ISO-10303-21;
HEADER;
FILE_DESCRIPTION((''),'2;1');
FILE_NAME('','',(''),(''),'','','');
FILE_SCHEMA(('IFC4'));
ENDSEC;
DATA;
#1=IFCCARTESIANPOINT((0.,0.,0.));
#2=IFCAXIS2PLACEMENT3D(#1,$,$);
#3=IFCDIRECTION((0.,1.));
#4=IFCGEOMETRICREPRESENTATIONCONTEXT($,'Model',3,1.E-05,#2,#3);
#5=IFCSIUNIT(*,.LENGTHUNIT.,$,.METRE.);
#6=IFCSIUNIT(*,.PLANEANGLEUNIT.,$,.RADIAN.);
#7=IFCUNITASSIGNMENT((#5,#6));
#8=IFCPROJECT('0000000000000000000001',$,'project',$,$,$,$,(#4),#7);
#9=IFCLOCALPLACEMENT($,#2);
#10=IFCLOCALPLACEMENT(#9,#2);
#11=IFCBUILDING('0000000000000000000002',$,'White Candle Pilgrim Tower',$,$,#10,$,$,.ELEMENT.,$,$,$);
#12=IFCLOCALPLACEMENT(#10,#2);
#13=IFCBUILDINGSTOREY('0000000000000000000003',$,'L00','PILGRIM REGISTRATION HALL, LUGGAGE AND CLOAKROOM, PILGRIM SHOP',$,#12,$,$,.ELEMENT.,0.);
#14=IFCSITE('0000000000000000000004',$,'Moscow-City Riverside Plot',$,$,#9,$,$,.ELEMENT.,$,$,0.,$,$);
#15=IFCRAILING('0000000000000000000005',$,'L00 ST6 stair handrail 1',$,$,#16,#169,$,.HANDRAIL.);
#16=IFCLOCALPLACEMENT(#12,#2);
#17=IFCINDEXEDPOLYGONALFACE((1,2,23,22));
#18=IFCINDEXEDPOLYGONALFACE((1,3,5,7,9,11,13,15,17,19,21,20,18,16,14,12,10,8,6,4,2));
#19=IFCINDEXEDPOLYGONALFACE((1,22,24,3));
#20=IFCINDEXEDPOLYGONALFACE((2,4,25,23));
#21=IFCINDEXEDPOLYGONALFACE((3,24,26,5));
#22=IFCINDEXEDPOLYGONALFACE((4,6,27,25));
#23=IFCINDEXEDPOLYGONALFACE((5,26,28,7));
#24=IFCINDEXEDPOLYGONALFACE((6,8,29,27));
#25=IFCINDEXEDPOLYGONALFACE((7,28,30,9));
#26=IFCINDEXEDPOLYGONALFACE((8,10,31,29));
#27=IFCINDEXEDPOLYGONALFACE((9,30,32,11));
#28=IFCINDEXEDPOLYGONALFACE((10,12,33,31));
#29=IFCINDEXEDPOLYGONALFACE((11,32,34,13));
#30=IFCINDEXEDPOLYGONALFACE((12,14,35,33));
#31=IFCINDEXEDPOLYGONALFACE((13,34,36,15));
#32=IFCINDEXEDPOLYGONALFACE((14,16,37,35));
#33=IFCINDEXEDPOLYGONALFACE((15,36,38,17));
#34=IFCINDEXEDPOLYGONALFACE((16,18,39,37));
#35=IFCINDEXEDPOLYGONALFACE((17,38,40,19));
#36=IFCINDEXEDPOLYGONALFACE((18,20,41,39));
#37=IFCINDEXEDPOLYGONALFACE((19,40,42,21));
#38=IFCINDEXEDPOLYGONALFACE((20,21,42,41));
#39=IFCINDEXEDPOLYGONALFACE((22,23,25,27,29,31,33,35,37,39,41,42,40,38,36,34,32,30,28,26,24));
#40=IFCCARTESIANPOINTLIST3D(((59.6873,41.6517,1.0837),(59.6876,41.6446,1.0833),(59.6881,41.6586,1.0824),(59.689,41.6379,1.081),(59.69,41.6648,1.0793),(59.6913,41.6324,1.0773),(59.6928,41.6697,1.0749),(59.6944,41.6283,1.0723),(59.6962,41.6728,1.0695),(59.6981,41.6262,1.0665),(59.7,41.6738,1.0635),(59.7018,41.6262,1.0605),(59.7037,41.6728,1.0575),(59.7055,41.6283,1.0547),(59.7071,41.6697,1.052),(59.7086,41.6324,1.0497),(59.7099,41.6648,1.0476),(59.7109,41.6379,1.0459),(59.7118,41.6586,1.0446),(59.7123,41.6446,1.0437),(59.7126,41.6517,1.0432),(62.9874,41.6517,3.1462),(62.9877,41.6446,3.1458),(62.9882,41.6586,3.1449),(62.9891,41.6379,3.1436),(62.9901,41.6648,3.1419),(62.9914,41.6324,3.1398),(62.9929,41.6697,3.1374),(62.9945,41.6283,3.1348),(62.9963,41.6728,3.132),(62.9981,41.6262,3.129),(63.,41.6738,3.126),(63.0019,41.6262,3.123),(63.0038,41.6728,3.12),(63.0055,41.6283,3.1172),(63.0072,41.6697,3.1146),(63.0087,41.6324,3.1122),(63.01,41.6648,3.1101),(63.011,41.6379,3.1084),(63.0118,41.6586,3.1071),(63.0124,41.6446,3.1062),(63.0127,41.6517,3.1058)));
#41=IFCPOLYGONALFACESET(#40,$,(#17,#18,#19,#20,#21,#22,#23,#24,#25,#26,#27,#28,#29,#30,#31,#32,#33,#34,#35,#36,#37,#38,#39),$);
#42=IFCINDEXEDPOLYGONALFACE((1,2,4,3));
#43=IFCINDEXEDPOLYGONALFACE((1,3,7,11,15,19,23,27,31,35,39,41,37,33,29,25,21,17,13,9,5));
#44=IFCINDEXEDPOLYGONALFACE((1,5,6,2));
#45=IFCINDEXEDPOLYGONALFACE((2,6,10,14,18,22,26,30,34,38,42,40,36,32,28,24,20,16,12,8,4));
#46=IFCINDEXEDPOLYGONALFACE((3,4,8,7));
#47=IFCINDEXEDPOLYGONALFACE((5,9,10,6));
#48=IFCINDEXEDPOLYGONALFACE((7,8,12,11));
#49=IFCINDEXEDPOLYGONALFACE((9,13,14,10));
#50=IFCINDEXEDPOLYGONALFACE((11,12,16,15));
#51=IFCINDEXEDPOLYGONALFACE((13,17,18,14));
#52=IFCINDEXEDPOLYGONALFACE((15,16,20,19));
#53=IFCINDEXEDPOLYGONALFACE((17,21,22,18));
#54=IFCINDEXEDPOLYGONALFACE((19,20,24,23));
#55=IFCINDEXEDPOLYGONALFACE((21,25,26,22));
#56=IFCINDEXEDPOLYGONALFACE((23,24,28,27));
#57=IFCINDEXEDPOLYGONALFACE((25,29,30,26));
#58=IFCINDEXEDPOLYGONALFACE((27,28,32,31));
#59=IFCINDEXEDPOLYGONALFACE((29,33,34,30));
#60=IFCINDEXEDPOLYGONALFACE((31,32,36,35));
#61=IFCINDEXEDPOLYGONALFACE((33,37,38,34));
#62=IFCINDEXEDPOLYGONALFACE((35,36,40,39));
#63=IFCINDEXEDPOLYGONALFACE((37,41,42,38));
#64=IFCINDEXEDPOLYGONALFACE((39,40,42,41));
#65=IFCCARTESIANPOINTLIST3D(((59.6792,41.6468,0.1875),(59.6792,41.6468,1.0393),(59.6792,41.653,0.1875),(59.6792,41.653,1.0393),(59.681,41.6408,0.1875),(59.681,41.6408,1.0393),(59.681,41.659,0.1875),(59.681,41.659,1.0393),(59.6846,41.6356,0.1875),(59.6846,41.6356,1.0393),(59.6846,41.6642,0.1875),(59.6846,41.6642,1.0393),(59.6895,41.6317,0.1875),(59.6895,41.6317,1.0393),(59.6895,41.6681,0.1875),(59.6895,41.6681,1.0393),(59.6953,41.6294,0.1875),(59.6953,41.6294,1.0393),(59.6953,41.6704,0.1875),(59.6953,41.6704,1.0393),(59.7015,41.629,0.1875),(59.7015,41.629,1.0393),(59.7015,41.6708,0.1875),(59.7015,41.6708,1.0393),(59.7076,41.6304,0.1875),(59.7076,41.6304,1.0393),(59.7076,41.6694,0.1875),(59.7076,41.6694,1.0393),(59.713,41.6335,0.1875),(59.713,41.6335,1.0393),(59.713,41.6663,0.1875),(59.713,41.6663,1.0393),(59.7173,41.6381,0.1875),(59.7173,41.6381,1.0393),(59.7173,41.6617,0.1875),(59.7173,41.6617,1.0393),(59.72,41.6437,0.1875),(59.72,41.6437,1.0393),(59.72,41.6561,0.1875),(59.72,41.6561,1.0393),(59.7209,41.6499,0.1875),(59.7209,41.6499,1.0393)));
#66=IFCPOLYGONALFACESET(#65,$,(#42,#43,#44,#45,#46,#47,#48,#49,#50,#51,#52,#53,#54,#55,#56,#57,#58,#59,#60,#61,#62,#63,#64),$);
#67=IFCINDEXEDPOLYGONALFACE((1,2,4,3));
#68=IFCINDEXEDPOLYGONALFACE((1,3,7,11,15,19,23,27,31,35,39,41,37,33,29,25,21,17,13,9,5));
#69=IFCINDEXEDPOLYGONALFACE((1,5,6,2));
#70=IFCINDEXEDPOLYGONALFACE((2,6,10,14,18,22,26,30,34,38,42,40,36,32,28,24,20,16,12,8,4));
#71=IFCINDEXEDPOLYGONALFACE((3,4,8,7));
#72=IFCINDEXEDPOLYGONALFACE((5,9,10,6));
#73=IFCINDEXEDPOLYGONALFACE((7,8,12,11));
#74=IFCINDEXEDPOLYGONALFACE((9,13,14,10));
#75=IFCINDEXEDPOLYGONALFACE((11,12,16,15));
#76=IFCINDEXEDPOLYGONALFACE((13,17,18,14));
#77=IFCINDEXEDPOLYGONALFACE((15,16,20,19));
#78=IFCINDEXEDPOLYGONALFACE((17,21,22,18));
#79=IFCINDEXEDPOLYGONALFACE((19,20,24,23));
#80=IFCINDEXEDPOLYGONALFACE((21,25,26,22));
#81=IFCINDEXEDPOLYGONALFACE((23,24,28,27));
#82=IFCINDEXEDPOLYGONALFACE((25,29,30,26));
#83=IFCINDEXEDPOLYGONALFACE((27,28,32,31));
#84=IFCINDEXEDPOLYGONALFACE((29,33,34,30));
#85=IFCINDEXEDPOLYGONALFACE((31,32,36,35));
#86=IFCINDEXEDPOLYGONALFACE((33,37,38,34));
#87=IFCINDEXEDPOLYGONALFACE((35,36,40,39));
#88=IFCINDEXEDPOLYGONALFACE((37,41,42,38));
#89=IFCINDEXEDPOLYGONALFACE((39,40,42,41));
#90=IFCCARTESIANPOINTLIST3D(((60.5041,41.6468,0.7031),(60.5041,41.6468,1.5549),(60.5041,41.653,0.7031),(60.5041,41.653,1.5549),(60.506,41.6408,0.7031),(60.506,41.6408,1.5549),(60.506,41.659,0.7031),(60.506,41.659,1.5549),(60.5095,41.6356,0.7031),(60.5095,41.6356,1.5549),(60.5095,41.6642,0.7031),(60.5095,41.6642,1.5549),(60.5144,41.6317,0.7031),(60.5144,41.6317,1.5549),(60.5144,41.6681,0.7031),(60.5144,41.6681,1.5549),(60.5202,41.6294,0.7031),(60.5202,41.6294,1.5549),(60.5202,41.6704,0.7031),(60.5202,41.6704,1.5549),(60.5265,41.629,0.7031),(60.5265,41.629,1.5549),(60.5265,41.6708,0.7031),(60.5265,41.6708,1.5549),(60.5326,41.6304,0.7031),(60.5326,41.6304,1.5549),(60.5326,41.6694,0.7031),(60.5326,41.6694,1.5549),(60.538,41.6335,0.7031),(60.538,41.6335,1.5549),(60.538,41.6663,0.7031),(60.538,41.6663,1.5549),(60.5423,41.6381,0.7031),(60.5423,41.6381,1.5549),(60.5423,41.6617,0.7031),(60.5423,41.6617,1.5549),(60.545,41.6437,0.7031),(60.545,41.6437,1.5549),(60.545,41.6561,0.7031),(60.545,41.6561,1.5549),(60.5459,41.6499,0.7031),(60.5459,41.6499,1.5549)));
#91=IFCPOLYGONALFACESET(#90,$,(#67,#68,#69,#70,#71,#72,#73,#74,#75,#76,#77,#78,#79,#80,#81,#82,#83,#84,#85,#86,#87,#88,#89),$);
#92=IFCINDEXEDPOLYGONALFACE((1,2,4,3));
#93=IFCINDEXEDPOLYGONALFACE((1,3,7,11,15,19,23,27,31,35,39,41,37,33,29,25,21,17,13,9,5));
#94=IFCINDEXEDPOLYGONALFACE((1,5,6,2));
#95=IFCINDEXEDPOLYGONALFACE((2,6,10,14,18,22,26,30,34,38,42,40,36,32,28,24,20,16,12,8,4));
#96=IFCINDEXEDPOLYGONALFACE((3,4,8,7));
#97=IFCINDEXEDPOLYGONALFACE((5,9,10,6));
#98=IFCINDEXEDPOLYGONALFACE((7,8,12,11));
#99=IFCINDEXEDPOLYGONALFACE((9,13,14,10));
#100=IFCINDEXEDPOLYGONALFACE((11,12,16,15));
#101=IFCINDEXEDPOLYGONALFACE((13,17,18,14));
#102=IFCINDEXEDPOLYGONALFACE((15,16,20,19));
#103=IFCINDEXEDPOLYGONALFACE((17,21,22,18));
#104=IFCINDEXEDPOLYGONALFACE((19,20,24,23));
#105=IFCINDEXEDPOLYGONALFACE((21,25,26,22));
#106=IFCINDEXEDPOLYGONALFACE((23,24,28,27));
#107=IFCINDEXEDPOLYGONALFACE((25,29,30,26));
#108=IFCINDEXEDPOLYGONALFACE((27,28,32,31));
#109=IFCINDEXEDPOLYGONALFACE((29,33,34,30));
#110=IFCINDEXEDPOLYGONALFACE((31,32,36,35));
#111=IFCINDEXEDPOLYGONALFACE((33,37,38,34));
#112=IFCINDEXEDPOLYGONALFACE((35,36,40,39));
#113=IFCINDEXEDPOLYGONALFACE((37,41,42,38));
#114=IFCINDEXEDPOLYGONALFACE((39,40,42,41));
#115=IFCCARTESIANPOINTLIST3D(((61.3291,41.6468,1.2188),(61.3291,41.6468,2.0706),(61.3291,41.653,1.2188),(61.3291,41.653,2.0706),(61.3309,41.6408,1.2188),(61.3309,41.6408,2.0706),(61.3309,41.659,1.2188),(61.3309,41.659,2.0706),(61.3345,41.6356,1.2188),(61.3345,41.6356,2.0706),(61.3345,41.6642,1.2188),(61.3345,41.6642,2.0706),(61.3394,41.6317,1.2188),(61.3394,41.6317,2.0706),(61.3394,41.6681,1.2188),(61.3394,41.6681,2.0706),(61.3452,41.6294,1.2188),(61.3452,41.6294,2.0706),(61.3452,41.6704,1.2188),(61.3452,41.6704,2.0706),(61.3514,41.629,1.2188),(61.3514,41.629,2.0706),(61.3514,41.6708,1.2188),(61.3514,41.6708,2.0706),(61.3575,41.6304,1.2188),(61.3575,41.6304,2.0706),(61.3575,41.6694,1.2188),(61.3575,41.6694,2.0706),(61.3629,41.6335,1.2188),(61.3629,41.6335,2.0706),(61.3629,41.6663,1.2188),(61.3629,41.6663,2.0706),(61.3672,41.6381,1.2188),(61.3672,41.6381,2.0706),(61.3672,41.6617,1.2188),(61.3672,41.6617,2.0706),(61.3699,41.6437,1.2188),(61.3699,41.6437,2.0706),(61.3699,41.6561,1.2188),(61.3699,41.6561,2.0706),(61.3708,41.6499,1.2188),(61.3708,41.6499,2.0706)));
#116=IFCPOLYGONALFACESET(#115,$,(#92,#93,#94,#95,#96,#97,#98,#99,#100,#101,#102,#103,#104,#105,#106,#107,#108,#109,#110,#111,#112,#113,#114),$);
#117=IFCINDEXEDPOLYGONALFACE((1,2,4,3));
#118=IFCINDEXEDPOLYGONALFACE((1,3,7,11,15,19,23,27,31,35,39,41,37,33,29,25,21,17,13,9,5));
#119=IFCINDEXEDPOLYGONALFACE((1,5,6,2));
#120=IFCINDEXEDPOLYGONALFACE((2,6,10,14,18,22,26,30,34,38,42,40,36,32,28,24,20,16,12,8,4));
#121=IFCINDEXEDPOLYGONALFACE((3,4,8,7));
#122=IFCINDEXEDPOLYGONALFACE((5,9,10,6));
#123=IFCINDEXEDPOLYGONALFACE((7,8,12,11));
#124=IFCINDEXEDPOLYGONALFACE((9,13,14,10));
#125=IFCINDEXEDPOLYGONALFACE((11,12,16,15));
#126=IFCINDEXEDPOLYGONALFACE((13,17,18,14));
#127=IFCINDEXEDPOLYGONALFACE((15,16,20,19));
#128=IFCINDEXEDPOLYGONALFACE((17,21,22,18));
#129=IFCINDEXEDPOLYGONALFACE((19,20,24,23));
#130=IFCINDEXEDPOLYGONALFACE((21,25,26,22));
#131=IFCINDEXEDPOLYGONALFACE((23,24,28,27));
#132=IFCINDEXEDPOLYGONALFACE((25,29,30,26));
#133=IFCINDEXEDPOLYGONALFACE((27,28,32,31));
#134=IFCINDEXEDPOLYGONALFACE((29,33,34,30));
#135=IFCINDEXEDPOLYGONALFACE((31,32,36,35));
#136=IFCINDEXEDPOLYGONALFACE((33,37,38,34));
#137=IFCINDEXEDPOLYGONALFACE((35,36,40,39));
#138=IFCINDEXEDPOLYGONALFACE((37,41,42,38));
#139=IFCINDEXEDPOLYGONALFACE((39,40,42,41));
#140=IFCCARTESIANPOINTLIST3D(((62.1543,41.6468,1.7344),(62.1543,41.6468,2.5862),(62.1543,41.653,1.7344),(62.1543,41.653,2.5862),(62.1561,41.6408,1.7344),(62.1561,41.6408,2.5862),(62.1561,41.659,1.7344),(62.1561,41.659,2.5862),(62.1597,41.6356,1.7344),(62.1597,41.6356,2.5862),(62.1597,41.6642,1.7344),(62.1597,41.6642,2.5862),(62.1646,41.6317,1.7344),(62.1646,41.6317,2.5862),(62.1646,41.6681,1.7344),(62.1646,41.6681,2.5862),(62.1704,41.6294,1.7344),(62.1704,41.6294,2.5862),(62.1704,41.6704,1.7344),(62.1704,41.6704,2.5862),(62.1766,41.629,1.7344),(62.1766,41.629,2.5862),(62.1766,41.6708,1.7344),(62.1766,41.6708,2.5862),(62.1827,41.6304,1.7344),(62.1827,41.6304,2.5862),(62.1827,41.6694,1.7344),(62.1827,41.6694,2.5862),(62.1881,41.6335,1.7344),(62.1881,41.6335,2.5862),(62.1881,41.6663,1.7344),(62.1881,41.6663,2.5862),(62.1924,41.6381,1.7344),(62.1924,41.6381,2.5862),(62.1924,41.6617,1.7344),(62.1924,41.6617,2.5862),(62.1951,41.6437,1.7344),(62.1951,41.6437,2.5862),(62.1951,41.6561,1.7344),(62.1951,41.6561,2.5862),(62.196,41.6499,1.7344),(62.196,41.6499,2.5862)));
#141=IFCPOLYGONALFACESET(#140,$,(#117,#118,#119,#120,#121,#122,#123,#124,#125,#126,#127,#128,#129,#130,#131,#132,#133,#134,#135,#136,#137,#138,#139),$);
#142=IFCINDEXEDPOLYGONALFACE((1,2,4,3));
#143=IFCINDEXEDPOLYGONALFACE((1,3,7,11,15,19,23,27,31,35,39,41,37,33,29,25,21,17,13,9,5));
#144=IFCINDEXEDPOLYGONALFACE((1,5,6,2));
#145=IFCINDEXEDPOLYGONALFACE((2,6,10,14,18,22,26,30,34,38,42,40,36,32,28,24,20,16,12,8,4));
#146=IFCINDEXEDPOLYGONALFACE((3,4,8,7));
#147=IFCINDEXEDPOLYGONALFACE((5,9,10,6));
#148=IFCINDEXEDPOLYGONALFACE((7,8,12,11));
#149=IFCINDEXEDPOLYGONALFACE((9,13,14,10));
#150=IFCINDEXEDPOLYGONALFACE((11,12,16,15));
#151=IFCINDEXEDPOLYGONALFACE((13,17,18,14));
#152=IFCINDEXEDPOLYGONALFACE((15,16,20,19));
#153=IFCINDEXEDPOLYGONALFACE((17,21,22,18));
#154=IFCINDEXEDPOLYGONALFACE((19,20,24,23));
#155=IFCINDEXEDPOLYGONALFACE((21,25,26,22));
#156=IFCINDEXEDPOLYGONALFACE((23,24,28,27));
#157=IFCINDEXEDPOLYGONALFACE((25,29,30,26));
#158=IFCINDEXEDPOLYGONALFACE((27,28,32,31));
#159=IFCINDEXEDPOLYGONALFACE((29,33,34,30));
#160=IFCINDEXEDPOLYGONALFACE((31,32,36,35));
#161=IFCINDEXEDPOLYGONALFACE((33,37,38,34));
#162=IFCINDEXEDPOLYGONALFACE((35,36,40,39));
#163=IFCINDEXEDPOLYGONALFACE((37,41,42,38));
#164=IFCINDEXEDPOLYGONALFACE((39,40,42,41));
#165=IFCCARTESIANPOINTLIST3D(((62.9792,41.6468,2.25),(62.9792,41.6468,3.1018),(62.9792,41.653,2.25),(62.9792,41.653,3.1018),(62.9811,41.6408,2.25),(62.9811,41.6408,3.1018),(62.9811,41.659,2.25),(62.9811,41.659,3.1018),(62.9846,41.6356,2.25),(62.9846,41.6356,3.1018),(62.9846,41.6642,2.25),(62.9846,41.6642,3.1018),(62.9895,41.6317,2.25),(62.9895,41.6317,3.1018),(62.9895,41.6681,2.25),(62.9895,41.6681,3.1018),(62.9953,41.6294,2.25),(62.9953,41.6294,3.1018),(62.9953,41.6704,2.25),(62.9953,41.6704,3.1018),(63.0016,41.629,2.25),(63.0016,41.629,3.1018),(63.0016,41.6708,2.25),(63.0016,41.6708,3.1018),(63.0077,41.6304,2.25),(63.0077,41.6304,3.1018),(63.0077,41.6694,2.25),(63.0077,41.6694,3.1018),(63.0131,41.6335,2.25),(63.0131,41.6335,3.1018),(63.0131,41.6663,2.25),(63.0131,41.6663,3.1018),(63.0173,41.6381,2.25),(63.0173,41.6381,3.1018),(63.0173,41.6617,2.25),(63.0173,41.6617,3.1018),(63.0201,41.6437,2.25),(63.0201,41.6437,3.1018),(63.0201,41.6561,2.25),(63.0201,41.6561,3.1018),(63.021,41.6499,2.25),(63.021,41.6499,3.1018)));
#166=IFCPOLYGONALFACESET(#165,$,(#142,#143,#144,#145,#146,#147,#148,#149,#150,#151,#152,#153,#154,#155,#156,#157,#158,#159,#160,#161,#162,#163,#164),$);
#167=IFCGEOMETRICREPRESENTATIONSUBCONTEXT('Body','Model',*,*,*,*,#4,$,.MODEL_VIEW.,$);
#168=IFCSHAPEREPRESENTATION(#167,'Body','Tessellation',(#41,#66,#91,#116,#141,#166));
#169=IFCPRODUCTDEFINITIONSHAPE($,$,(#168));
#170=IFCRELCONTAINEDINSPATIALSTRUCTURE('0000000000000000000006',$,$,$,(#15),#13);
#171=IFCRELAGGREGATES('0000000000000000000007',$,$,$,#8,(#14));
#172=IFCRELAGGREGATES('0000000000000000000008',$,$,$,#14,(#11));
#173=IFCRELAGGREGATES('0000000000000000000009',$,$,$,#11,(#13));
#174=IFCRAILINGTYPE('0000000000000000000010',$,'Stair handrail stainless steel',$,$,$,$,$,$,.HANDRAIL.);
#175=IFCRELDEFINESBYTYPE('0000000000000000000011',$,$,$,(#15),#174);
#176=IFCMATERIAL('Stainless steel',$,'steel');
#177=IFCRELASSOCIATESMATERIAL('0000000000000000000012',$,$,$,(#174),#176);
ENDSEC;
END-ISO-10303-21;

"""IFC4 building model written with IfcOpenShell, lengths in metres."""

from ifc_helpers import new_model, si_unit, direction, frame, origin, origin_2d, place, context, subcontext, project, spatial, circle, extrude, material, type_object, element, save


model = new_model("IFC4")

# Units and contexts
model_context = context("Model", 3, precision=1e-05, world=origin(), true_north=direction((0.0, 1.0)))
body_context = subcontext(model_context, "Body", "Model", "MODEL_VIEW")
ifc_project = project(units=[si_unit("LENGTHUNIT", "METRE"), si_unit("PLANEANGLEUNIT", "RADIAN")], contexts=[model_context])

# Site, building, storey
site_placement = place(None, origin())
site = spatial("IfcSite", under=ifc_project, at=site_placement, Name="Moscow-City Riverside Plot", CompositionType="ELEMENT", RefElevation=0.0)
building_placement = place(site_placement, origin())
building = spatial("IfcBuilding", under=site, at=building_placement, Name="White Candle Pilgrim Tower", CompositionType="ELEMENT")
storey_placement = place(building_placement, origin())
storey = spatial("IfcBuildingStorey", under=building, at=storey_placement, Name="L00", Description="PILGRIM REGISTRATION HALL, LUGGAGE AND CLOAKROOM, PILGRIM SHOP", CompositionType="ELEMENT", Elevation=0.0)

# Railing
ifc_material_1 = material(Name="Stainless steel", Category="steel")
railing_type_1 = type_object("IfcRailingType", Name="Stair handrail stainless steel", PredefinedType="HANDRAIL", material=ifc_material_1)
railing_1_placement = place(storey_placement, frame((59.7, 41.6499, 0.1875)))
element("IfcRailing", 1, at=railing_1_placement, inside=storey, type_object=railing_type_1, Name="L00 ST6 stair handrail 1", PredefinedType="HANDRAIL", context=body_context, shape_type="SweptSolid", body=[
    extrude(circle(Radius=0.0239, at=origin_2d()), frame((0.0, 0.0, 0.876), z_axis=(0.848002, 0.0, 0.529993), x_axis=(0.0, 1.0, 0.0)), (0.0, 0.0, 1.0), 3.8916),
    extrude(circle(Radius=0.021, at=origin_2d()), origin(), (0.0, 0.0, 1.0), 0.8518),
    extrude(circle(Radius=0.021, at=origin_2d()), frame((0.825, 0.0, 0.5156)), (0.0, 0.0, 1.0), 0.8518),
    extrude(circle(Radius=0.021, at=origin_2d()), frame((1.6499, 0.0, 1.0312)), (0.0, 0.0, 1.0), 0.8518),
    extrude(circle(Radius=0.021, at=origin_2d()), frame((2.4751, 0.0, 1.5469)), (0.0, 0.0, 1.0), 0.8518),
    extrude(circle(Radius=0.021, at=origin_2d()), frame((3.3, 0.0, 2.0625)), (0.0, 0.0, 1.0), 0.8518),
])

save(model, "model.ifc")
